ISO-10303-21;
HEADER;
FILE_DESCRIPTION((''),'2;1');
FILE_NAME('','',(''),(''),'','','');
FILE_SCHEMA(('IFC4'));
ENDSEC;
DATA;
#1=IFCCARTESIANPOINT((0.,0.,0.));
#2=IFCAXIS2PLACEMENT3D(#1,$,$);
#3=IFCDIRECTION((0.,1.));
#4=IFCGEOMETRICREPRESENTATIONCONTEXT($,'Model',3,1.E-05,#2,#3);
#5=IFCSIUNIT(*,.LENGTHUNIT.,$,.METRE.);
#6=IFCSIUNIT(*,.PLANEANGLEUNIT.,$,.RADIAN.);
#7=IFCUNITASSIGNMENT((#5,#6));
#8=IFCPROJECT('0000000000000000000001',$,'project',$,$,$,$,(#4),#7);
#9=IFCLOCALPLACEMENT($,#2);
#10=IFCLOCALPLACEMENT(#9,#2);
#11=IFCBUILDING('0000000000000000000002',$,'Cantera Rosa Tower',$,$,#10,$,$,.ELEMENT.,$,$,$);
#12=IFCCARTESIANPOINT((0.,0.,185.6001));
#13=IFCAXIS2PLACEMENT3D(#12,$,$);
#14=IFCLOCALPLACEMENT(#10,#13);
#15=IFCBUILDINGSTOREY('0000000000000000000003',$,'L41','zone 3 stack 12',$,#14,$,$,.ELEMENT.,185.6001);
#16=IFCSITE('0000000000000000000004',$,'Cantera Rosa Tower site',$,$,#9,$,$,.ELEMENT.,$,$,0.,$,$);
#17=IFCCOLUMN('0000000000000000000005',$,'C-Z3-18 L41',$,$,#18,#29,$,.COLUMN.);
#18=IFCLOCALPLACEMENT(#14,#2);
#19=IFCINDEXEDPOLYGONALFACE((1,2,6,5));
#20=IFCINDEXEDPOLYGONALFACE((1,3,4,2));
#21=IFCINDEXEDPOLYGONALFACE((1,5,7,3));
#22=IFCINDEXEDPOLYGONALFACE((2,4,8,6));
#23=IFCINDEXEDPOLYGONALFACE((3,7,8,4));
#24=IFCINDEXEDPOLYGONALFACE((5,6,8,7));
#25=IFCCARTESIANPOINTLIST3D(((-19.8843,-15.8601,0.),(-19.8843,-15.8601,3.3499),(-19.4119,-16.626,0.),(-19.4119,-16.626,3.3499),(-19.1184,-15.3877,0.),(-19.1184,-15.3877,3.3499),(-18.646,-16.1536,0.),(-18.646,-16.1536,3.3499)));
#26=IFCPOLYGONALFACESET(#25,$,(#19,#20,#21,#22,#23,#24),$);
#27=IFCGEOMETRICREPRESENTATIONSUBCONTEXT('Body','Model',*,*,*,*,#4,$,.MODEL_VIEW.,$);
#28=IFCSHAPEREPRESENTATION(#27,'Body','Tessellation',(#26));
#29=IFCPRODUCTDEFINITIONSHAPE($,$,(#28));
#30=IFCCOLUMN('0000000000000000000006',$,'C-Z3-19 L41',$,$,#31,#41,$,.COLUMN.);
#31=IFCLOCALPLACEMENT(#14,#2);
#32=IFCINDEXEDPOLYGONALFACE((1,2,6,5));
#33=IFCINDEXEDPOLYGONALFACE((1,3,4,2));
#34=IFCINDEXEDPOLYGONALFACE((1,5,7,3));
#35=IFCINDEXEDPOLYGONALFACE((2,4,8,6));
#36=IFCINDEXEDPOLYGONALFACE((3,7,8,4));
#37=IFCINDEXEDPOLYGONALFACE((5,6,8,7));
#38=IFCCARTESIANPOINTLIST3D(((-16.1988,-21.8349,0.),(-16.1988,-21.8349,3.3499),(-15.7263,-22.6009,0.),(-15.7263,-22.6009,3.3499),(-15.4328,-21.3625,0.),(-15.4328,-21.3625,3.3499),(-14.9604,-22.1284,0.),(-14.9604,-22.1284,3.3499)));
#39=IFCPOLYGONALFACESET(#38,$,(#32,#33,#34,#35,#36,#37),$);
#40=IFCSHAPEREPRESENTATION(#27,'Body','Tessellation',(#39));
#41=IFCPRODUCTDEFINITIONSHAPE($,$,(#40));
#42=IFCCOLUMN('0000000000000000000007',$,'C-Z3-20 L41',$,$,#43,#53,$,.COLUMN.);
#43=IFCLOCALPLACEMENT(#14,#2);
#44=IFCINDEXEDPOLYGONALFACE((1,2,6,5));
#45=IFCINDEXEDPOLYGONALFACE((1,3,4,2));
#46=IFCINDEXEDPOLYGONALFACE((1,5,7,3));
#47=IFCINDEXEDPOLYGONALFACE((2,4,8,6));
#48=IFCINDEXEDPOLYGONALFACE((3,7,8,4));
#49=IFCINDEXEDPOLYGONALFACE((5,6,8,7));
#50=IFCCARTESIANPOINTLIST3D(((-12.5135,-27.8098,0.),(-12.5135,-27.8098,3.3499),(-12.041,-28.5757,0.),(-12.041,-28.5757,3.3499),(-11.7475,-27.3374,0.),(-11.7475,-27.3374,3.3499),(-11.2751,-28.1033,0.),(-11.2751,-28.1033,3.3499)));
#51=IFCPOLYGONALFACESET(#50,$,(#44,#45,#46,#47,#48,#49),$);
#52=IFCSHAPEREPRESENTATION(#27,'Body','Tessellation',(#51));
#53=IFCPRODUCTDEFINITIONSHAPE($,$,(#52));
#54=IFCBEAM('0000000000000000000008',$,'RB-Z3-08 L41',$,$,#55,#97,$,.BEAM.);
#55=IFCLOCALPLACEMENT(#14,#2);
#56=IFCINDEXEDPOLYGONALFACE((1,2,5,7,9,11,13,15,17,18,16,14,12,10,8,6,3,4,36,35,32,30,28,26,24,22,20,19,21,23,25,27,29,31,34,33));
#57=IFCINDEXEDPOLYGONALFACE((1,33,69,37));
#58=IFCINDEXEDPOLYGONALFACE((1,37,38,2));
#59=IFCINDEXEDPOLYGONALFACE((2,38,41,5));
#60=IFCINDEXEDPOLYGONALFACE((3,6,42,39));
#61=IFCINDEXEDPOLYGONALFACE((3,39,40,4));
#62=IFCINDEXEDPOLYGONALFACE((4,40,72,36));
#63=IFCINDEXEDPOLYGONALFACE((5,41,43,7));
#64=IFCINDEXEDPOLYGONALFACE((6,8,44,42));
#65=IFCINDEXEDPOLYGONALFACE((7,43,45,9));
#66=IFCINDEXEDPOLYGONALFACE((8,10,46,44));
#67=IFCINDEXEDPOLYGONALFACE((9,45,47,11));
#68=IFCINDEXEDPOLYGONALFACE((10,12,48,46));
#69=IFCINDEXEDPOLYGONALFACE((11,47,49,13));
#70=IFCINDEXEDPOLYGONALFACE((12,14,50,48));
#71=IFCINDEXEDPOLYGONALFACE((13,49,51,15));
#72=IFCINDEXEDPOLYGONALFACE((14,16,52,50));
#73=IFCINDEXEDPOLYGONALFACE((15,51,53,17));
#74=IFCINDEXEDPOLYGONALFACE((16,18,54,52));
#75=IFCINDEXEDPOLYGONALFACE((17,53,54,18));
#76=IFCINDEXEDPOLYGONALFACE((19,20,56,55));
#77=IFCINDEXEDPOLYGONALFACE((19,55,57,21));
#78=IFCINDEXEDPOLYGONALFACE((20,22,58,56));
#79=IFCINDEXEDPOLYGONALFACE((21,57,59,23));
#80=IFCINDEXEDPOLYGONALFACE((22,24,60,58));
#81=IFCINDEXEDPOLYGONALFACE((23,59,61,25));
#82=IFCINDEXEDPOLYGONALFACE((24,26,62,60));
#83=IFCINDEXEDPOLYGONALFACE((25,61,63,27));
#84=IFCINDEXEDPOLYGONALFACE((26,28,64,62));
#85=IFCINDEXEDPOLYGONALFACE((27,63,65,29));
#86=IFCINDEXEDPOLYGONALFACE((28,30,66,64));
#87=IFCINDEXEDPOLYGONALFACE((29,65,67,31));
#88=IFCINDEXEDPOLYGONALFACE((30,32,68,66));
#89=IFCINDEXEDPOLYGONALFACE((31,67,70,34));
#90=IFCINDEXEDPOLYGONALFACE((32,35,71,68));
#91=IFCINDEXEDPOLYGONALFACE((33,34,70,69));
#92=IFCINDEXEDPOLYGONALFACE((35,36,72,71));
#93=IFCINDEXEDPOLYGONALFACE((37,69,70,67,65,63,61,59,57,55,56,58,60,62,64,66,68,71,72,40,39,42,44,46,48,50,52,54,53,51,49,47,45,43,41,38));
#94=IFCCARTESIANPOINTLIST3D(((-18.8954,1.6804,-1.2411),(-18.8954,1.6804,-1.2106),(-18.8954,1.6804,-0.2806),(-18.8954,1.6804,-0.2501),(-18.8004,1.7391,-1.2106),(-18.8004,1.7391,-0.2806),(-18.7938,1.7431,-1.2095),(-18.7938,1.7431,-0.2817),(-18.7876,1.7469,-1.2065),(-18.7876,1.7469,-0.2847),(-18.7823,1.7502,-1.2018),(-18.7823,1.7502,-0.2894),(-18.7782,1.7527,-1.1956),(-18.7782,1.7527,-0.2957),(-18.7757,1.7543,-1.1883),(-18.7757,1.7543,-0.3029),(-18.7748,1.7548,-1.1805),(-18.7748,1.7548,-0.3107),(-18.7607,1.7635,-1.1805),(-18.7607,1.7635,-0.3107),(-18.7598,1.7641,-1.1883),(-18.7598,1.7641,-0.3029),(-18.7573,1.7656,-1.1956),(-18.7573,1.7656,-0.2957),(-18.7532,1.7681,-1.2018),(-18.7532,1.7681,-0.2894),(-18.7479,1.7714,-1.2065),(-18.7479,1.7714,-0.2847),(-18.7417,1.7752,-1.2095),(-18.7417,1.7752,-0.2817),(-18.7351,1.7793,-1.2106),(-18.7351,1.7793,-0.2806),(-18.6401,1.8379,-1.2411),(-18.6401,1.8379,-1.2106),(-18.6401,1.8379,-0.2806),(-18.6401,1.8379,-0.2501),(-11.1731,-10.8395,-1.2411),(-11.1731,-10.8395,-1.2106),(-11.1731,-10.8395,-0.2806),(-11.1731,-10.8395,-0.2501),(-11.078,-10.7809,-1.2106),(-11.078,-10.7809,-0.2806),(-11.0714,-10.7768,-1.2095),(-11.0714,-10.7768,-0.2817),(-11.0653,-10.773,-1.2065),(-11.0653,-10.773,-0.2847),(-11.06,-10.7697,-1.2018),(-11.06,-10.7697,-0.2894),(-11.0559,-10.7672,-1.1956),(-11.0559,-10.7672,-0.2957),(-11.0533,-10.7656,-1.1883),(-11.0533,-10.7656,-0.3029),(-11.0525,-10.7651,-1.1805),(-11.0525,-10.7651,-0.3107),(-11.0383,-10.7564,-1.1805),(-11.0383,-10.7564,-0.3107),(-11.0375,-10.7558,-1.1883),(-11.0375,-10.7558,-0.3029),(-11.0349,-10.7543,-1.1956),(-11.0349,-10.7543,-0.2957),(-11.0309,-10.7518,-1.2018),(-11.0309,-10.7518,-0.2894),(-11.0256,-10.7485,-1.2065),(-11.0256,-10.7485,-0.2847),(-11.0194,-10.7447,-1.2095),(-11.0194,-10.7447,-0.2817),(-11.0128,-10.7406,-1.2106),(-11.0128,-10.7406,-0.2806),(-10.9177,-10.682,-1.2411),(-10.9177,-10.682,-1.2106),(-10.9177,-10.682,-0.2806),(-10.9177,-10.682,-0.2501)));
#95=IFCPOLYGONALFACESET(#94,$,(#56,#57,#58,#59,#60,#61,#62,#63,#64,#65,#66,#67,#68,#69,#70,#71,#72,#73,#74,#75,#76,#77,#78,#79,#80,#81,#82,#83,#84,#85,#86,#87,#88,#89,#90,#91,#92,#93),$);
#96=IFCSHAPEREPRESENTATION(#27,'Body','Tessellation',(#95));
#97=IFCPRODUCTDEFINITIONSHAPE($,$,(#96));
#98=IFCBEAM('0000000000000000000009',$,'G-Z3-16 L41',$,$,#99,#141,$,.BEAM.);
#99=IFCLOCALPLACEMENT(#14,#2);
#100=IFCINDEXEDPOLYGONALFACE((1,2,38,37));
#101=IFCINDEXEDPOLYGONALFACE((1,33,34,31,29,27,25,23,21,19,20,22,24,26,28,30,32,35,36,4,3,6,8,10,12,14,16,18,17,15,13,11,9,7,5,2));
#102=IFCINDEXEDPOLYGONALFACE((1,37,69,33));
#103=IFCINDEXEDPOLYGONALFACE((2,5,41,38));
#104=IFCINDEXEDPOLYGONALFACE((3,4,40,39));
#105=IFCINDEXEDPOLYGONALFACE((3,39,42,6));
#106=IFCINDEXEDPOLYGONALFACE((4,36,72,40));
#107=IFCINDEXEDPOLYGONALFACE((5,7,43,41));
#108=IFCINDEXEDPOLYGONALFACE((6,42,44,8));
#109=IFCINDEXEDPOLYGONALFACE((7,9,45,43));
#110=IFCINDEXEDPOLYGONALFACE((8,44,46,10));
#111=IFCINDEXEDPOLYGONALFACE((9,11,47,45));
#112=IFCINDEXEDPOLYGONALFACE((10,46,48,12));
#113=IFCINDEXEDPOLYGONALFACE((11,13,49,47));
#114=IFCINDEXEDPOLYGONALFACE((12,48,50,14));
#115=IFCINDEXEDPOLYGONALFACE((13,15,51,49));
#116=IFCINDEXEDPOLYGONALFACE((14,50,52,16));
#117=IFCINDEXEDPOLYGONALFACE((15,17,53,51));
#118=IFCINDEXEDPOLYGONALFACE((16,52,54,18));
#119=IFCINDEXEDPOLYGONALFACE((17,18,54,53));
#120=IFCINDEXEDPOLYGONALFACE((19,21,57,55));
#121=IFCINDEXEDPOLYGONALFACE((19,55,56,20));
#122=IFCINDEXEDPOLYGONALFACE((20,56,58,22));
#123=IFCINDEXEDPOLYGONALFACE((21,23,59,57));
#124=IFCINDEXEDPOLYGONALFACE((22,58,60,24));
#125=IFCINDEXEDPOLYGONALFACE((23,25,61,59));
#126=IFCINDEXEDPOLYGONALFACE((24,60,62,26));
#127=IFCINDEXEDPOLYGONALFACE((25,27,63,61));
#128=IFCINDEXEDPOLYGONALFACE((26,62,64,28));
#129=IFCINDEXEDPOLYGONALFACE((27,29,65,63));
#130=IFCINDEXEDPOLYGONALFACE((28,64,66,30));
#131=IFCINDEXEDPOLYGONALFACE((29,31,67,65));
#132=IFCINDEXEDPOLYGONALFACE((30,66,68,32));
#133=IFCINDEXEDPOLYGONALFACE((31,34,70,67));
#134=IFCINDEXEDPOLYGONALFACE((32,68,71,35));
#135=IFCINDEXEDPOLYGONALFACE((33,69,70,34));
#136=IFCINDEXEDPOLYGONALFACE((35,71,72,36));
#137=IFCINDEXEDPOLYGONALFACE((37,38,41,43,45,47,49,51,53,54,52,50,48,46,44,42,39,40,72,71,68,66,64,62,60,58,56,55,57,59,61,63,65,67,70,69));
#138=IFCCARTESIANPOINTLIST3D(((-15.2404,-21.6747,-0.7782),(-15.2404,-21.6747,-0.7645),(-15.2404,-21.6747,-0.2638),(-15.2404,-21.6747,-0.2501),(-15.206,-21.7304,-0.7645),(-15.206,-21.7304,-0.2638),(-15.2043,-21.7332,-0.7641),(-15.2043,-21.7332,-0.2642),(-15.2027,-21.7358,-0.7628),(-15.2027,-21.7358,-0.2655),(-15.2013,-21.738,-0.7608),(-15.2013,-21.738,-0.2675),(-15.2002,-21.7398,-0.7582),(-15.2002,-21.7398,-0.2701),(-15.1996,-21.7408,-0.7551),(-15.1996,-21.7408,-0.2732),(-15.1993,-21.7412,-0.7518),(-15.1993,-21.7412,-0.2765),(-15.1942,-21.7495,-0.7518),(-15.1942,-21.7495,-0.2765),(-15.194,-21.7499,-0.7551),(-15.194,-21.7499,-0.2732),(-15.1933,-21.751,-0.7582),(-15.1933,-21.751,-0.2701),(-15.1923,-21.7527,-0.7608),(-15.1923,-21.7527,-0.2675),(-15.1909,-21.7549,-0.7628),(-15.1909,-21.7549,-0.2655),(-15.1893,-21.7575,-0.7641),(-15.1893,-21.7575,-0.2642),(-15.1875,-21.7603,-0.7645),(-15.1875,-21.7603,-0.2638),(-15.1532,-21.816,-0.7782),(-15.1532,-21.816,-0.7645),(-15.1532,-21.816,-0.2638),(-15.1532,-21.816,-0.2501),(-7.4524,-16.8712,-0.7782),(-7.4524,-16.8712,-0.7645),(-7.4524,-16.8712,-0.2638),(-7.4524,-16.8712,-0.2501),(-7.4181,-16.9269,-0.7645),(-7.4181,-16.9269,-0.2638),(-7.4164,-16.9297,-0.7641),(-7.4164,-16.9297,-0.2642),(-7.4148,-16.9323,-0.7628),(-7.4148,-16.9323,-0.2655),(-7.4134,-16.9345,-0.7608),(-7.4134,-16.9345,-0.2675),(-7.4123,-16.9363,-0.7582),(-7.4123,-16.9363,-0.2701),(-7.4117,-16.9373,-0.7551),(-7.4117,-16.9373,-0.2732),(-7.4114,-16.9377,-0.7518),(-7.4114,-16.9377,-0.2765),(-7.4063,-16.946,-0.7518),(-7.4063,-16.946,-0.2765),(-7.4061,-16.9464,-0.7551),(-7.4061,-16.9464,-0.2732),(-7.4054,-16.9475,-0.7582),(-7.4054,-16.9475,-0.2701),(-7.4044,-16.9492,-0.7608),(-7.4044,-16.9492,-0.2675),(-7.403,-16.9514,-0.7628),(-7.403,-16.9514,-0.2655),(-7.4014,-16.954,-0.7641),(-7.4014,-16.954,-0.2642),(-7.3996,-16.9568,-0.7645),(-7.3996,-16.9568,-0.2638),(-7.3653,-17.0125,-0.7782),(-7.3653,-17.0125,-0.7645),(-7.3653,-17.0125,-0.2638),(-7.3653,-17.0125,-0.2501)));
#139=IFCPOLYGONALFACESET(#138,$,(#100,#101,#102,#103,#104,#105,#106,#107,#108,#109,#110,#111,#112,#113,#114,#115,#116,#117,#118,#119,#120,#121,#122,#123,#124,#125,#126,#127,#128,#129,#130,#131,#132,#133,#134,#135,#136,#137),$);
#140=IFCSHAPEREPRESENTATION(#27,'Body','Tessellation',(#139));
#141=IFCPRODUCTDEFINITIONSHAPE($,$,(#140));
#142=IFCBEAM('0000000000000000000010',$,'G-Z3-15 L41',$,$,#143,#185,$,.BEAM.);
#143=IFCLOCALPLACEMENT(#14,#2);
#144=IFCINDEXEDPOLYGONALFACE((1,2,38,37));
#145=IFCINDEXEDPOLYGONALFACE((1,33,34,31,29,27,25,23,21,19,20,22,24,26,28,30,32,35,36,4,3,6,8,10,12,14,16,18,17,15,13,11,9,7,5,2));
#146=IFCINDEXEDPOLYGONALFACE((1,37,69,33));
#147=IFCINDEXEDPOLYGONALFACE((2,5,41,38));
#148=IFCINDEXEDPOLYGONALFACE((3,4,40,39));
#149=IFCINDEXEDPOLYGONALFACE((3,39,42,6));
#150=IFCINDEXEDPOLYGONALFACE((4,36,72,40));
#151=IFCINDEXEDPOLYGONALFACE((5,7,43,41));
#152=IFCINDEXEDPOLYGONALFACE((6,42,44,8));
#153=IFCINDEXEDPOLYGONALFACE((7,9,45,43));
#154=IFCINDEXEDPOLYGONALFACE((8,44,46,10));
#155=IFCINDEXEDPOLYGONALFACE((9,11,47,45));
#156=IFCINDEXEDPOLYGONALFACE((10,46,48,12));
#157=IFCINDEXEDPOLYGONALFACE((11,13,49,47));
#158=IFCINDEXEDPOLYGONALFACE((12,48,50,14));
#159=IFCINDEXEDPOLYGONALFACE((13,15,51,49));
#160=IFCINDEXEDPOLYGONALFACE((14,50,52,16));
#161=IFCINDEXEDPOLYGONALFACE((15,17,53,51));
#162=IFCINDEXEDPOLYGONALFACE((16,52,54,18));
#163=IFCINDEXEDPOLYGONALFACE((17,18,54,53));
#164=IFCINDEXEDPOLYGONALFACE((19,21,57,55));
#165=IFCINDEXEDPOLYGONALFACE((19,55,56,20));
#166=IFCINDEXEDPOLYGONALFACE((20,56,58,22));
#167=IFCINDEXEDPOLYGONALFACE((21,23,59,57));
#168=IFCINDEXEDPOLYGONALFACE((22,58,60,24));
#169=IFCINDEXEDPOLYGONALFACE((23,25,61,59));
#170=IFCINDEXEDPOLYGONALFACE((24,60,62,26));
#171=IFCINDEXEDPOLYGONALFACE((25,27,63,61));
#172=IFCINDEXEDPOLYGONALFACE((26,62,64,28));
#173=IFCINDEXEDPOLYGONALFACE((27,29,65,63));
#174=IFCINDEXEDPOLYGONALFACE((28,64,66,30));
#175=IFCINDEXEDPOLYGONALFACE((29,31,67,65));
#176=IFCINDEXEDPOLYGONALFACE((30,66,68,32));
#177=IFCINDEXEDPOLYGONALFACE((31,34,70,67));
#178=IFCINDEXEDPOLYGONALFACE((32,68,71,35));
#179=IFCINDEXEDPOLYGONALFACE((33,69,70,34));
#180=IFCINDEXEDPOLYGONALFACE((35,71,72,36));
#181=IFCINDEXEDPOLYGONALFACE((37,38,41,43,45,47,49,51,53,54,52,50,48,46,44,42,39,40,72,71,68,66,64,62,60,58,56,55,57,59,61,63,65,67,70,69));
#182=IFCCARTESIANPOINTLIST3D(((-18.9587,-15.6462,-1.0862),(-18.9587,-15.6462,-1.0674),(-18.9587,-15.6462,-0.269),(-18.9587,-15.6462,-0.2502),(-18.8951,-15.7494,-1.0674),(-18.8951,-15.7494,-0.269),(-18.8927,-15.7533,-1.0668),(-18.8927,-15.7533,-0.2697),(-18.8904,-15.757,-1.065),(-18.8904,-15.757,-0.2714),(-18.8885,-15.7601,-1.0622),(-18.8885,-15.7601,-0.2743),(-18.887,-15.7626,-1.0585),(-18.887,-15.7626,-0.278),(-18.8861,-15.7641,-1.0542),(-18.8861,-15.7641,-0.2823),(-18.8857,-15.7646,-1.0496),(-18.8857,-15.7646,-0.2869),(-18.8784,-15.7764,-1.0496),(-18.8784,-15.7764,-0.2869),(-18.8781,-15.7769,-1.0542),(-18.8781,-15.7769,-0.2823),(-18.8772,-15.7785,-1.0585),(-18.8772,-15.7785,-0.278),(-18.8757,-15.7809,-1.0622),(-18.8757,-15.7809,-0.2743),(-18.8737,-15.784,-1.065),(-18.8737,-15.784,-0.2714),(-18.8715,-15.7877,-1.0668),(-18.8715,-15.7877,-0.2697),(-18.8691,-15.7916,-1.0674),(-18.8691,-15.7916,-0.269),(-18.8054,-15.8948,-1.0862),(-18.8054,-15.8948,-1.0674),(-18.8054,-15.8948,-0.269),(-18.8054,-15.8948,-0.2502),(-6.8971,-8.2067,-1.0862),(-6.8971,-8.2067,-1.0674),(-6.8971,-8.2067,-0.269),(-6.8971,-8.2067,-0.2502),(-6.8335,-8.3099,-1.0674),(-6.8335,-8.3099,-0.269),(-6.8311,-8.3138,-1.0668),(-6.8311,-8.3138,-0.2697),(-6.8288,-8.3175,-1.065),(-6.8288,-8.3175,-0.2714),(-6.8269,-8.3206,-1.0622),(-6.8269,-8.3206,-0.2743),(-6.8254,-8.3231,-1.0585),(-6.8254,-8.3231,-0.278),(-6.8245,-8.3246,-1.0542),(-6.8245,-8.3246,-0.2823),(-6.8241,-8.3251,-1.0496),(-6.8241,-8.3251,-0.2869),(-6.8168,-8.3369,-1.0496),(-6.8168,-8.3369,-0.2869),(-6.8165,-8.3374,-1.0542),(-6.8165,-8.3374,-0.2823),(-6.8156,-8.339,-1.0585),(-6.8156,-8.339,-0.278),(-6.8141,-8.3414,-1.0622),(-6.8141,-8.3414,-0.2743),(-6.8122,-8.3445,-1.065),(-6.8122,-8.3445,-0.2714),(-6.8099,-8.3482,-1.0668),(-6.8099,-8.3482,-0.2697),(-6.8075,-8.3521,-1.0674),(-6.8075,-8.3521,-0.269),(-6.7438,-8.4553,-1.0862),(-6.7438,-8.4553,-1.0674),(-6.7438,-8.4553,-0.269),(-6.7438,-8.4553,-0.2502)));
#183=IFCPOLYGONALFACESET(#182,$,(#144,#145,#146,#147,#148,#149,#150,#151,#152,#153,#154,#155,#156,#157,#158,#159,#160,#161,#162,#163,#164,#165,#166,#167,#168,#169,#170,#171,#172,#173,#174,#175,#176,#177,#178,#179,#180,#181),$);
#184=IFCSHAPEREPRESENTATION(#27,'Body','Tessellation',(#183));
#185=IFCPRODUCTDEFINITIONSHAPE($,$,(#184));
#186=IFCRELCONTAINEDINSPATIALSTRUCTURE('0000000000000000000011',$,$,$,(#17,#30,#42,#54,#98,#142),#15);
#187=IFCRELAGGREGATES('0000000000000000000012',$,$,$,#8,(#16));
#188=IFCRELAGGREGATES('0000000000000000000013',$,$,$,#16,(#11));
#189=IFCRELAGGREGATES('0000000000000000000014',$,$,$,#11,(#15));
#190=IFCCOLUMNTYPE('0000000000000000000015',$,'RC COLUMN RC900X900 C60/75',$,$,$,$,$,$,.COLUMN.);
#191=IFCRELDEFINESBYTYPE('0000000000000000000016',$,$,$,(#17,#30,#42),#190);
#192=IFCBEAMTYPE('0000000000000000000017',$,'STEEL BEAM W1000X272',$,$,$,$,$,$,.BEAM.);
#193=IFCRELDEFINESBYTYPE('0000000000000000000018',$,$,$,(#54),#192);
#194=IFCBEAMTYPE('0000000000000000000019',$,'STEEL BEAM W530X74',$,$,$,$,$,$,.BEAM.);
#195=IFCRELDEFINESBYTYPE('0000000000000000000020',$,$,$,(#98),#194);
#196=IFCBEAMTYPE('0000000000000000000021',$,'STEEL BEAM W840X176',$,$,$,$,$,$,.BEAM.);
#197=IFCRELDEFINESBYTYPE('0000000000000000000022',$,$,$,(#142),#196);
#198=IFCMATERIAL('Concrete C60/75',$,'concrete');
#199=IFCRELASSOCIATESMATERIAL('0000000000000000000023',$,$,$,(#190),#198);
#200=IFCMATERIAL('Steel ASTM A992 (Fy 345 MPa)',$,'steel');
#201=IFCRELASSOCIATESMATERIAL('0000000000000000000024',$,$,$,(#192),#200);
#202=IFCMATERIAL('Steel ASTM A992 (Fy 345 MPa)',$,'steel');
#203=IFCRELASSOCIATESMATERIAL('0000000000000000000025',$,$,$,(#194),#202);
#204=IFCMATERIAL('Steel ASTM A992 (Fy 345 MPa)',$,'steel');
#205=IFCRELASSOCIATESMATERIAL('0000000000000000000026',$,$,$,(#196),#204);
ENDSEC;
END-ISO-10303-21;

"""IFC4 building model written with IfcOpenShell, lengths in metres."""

from ifc_helpers import new_model, si_unit, direction, frame, origin, origin_2d, place, context, subcontext, project, spatial, rectangle, i_section, extrude, material, material_profile, profile_set, type_object, element, save


model = new_model("IFC4")

# Units and contexts
model_context = context("Model", 3, precision=1e-05, world=origin(), true_north=direction((0.0, 1.0)))
body_context = subcontext(model_context, "Body", "Model", "MODEL_VIEW")
ifc_project = project(units=[si_unit("LENGTHUNIT", "METRE"), si_unit("PLANEANGLEUNIT", "RADIAN")], contexts=[model_context])

# Site, building, storey
site_placement = place(None, origin())
site = spatial("IfcSite", under=ifc_project, at=site_placement, Name="Cantera Rosa Tower site", CompositionType="ELEMENT", RefElevation=0.0)
building_placement = place(site_placement, origin())
building = spatial("IfcBuilding", under=site, at=building_placement, Name="Cantera Rosa Tower", CompositionType="ELEMENT")
storey_placement = place(building_placement, frame((0.0, 0.0, 185.6001)))
storey = spatial("IfcBuildingStorey", under=building, at=storey_placement, Name="L41", Description="zone 3 stack 12", CompositionType="ELEMENT", Elevation=185.6001)

# Columns
ifc_material_1 = material(Name="Concrete C60/75", Category="concrete")
ifc_material_profile_1 = material_profile(ifc_material_1, rectangle(XDim=0.8999, YDim=0.8999, at=origin_2d()), Name="RC COLUMN RC900X900 C60/75")
ifc_profile_set_1 = profile_set([ifc_material_profile_1], Name="Concrete C60/75")
column_type = type_object("IfcColumnType", Name="RC COLUMN RC900X900 C60/75", PredefinedType="COLUMN", material=ifc_profile_set_1)
for number, where, z_axis, x_axis, name in (
    (1, (-19.2651, -16.0068, 0.0), (0.0, 0.0, 1.0), (0.851117, 0.524977, 0.0), "C-Z3-18 L41"),
    (2, (-15.5796, -21.9817, 0.0), (0.0, 0.0, 1.0), (0.851117, 0.524977, 0.0), "C-Z3-19 L41"),
    (3, (-11.8943, -27.9565, 0.0), (0.0, 0.0, 1.0), (0.851117, 0.524977, 0.0), "C-Z3-20 L41"),
):
    element("IfcColumn", number, at=place(storey_placement, frame(where, z_axis=z_axis, x_axis=x_axis)), inside=storey, type_object=column_type, Name=name, PredefinedType="COLUMN", context=body_context, shape_type="SweptSolid", body=[
        extrude(rectangle(XDim=0.8999, YDim=0.8999, at=origin_2d()), origin(), (0.0, 0.0, 1.0), 3.3499),
    ])

# Beams
ifc_material_2 = material(Name="Steel ASTM A992 (Fy 345 MPa)", Category="steel")
ifc_material_profile_2 = material_profile(ifc_material_2, i_section(OverallWidth=0.3, OverallDepth=0.991, WebThickness=0.0166, FlangeThickness=0.0305, FilletRadius=0.03, at=origin_2d()), Name="W1000X272")
ifc_profile_set_2 = profile_set([ifc_material_profile_2], Name="Steel ASTM A992 (Fy 345 MPa)")
beam_type_1 = type_object("IfcBeamType", Name="STEEL BEAM W1000X272", PredefinedType="BEAM", material=ifc_profile_set_2)
beam_1_placement = place(storey_placement, frame((-11.0454, -10.7607, -0.7456), z_axis=(-0.524974, 0.851118, 0.0), x_axis=(-0.851118, -0.524974, 0.0)))
element("IfcBeam", 4, at=beam_1_placement, inside=storey, type_object=beam_type_1, Name="RB-Z3-08 L41", PredefinedType="BEAM", context=body_context, shape_type="SweptSolid", body=[
    extrude(i_section(OverallWidth=0.3, OverallDepth=0.991, WebThickness=0.0166, FlangeThickness=0.0305, FilletRadius=0.03, at=origin_2d()), origin(), (0.0, 0.0, 1.0), 14.71),
])
ifc_material_3 = material(Name="Steel ASTM A992 (Fy 345 MPa)", Category="steel")
ifc_material_profile_3 = material_profile(ifc_material_3, i_section(OverallWidth=0.166, OverallDepth=0.5281, WebThickness=0.0098, FlangeThickness=0.0137, FilletRadius=0.0127, at=origin_2d()), Name="W530X74")
ifc_profile_set_3 = profile_set([ifc_material_profile_3], Name="Steel ASTM A992 (Fy 345 MPa)")
beam_type_2 = type_object("IfcBeamType", Name="STEEL BEAM W530X74", PredefinedType="BEAM", material=ifc_profile_set_3)
beam_2_placement = place(storey_placement, frame((-15.1968, -21.7454, -0.5142), z_axis=(0.851124, 0.524965, 0.0), x_axis=(-0.524965, 0.851124, 0.0)))
element("IfcBeam", 5, at=beam_2_placement, inside=storey, type_object=beam_type_2, Name="G-Z3-16 L41", PredefinedType="BEAM", context=body_context, shape_type="SweptSolid", body=[
    extrude(i_section(OverallWidth=0.166, OverallDepth=0.5281, WebThickness=0.0098, FlangeThickness=0.0137, FilletRadius=0.0127, at=origin_2d()), origin(), (0.0, 0.0, 1.0), 9.1501),
])
ifc_material_4 = material(Name="Steel ASTM A992 (Fy 345 MPa)", Category="steel")
ifc_material_profile_4 = material_profile(ifc_material_4, i_section(OverallWidth=0.292, OverallDepth=0.8359, WebThickness=0.0139, FlangeThickness=0.0188, FilletRadius=0.0178, at=origin_2d()), Name="W840X176")
ifc_profile_set_4 = profile_set([ifc_material_profile_4], Name="Steel ASTM A992 (Fy 345 MPa)")
beam_type_3 = type_object("IfcBeamType", Name="STEEL BEAM W840X176", PredefinedType="BEAM", material=ifc_profile_set_4)
beam_3_placement = place(storey_placement, frame((-18.8821, -15.7705, -0.6682), z_axis=(0.851123, 0.524966, 0.0), x_axis=(-0.524966, 0.851123, 0.0)))
element("IfcBeam", 6, at=beam_3_placement, inside=storey, type_object=beam_type_3, Name="G-Z3-15 L41", PredefinedType="BEAM", context=body_context, shape_type="SweptSolid", body=[
    extrude(i_section(OverallWidth=0.292, OverallDepth=0.8359, WebThickness=0.0139, FlangeThickness=0.0188, FilletRadius=0.0178, at=origin_2d()), origin(), (0.0, 0.0, 1.0), 14.1714),
])

save(model, "model.ifc")
